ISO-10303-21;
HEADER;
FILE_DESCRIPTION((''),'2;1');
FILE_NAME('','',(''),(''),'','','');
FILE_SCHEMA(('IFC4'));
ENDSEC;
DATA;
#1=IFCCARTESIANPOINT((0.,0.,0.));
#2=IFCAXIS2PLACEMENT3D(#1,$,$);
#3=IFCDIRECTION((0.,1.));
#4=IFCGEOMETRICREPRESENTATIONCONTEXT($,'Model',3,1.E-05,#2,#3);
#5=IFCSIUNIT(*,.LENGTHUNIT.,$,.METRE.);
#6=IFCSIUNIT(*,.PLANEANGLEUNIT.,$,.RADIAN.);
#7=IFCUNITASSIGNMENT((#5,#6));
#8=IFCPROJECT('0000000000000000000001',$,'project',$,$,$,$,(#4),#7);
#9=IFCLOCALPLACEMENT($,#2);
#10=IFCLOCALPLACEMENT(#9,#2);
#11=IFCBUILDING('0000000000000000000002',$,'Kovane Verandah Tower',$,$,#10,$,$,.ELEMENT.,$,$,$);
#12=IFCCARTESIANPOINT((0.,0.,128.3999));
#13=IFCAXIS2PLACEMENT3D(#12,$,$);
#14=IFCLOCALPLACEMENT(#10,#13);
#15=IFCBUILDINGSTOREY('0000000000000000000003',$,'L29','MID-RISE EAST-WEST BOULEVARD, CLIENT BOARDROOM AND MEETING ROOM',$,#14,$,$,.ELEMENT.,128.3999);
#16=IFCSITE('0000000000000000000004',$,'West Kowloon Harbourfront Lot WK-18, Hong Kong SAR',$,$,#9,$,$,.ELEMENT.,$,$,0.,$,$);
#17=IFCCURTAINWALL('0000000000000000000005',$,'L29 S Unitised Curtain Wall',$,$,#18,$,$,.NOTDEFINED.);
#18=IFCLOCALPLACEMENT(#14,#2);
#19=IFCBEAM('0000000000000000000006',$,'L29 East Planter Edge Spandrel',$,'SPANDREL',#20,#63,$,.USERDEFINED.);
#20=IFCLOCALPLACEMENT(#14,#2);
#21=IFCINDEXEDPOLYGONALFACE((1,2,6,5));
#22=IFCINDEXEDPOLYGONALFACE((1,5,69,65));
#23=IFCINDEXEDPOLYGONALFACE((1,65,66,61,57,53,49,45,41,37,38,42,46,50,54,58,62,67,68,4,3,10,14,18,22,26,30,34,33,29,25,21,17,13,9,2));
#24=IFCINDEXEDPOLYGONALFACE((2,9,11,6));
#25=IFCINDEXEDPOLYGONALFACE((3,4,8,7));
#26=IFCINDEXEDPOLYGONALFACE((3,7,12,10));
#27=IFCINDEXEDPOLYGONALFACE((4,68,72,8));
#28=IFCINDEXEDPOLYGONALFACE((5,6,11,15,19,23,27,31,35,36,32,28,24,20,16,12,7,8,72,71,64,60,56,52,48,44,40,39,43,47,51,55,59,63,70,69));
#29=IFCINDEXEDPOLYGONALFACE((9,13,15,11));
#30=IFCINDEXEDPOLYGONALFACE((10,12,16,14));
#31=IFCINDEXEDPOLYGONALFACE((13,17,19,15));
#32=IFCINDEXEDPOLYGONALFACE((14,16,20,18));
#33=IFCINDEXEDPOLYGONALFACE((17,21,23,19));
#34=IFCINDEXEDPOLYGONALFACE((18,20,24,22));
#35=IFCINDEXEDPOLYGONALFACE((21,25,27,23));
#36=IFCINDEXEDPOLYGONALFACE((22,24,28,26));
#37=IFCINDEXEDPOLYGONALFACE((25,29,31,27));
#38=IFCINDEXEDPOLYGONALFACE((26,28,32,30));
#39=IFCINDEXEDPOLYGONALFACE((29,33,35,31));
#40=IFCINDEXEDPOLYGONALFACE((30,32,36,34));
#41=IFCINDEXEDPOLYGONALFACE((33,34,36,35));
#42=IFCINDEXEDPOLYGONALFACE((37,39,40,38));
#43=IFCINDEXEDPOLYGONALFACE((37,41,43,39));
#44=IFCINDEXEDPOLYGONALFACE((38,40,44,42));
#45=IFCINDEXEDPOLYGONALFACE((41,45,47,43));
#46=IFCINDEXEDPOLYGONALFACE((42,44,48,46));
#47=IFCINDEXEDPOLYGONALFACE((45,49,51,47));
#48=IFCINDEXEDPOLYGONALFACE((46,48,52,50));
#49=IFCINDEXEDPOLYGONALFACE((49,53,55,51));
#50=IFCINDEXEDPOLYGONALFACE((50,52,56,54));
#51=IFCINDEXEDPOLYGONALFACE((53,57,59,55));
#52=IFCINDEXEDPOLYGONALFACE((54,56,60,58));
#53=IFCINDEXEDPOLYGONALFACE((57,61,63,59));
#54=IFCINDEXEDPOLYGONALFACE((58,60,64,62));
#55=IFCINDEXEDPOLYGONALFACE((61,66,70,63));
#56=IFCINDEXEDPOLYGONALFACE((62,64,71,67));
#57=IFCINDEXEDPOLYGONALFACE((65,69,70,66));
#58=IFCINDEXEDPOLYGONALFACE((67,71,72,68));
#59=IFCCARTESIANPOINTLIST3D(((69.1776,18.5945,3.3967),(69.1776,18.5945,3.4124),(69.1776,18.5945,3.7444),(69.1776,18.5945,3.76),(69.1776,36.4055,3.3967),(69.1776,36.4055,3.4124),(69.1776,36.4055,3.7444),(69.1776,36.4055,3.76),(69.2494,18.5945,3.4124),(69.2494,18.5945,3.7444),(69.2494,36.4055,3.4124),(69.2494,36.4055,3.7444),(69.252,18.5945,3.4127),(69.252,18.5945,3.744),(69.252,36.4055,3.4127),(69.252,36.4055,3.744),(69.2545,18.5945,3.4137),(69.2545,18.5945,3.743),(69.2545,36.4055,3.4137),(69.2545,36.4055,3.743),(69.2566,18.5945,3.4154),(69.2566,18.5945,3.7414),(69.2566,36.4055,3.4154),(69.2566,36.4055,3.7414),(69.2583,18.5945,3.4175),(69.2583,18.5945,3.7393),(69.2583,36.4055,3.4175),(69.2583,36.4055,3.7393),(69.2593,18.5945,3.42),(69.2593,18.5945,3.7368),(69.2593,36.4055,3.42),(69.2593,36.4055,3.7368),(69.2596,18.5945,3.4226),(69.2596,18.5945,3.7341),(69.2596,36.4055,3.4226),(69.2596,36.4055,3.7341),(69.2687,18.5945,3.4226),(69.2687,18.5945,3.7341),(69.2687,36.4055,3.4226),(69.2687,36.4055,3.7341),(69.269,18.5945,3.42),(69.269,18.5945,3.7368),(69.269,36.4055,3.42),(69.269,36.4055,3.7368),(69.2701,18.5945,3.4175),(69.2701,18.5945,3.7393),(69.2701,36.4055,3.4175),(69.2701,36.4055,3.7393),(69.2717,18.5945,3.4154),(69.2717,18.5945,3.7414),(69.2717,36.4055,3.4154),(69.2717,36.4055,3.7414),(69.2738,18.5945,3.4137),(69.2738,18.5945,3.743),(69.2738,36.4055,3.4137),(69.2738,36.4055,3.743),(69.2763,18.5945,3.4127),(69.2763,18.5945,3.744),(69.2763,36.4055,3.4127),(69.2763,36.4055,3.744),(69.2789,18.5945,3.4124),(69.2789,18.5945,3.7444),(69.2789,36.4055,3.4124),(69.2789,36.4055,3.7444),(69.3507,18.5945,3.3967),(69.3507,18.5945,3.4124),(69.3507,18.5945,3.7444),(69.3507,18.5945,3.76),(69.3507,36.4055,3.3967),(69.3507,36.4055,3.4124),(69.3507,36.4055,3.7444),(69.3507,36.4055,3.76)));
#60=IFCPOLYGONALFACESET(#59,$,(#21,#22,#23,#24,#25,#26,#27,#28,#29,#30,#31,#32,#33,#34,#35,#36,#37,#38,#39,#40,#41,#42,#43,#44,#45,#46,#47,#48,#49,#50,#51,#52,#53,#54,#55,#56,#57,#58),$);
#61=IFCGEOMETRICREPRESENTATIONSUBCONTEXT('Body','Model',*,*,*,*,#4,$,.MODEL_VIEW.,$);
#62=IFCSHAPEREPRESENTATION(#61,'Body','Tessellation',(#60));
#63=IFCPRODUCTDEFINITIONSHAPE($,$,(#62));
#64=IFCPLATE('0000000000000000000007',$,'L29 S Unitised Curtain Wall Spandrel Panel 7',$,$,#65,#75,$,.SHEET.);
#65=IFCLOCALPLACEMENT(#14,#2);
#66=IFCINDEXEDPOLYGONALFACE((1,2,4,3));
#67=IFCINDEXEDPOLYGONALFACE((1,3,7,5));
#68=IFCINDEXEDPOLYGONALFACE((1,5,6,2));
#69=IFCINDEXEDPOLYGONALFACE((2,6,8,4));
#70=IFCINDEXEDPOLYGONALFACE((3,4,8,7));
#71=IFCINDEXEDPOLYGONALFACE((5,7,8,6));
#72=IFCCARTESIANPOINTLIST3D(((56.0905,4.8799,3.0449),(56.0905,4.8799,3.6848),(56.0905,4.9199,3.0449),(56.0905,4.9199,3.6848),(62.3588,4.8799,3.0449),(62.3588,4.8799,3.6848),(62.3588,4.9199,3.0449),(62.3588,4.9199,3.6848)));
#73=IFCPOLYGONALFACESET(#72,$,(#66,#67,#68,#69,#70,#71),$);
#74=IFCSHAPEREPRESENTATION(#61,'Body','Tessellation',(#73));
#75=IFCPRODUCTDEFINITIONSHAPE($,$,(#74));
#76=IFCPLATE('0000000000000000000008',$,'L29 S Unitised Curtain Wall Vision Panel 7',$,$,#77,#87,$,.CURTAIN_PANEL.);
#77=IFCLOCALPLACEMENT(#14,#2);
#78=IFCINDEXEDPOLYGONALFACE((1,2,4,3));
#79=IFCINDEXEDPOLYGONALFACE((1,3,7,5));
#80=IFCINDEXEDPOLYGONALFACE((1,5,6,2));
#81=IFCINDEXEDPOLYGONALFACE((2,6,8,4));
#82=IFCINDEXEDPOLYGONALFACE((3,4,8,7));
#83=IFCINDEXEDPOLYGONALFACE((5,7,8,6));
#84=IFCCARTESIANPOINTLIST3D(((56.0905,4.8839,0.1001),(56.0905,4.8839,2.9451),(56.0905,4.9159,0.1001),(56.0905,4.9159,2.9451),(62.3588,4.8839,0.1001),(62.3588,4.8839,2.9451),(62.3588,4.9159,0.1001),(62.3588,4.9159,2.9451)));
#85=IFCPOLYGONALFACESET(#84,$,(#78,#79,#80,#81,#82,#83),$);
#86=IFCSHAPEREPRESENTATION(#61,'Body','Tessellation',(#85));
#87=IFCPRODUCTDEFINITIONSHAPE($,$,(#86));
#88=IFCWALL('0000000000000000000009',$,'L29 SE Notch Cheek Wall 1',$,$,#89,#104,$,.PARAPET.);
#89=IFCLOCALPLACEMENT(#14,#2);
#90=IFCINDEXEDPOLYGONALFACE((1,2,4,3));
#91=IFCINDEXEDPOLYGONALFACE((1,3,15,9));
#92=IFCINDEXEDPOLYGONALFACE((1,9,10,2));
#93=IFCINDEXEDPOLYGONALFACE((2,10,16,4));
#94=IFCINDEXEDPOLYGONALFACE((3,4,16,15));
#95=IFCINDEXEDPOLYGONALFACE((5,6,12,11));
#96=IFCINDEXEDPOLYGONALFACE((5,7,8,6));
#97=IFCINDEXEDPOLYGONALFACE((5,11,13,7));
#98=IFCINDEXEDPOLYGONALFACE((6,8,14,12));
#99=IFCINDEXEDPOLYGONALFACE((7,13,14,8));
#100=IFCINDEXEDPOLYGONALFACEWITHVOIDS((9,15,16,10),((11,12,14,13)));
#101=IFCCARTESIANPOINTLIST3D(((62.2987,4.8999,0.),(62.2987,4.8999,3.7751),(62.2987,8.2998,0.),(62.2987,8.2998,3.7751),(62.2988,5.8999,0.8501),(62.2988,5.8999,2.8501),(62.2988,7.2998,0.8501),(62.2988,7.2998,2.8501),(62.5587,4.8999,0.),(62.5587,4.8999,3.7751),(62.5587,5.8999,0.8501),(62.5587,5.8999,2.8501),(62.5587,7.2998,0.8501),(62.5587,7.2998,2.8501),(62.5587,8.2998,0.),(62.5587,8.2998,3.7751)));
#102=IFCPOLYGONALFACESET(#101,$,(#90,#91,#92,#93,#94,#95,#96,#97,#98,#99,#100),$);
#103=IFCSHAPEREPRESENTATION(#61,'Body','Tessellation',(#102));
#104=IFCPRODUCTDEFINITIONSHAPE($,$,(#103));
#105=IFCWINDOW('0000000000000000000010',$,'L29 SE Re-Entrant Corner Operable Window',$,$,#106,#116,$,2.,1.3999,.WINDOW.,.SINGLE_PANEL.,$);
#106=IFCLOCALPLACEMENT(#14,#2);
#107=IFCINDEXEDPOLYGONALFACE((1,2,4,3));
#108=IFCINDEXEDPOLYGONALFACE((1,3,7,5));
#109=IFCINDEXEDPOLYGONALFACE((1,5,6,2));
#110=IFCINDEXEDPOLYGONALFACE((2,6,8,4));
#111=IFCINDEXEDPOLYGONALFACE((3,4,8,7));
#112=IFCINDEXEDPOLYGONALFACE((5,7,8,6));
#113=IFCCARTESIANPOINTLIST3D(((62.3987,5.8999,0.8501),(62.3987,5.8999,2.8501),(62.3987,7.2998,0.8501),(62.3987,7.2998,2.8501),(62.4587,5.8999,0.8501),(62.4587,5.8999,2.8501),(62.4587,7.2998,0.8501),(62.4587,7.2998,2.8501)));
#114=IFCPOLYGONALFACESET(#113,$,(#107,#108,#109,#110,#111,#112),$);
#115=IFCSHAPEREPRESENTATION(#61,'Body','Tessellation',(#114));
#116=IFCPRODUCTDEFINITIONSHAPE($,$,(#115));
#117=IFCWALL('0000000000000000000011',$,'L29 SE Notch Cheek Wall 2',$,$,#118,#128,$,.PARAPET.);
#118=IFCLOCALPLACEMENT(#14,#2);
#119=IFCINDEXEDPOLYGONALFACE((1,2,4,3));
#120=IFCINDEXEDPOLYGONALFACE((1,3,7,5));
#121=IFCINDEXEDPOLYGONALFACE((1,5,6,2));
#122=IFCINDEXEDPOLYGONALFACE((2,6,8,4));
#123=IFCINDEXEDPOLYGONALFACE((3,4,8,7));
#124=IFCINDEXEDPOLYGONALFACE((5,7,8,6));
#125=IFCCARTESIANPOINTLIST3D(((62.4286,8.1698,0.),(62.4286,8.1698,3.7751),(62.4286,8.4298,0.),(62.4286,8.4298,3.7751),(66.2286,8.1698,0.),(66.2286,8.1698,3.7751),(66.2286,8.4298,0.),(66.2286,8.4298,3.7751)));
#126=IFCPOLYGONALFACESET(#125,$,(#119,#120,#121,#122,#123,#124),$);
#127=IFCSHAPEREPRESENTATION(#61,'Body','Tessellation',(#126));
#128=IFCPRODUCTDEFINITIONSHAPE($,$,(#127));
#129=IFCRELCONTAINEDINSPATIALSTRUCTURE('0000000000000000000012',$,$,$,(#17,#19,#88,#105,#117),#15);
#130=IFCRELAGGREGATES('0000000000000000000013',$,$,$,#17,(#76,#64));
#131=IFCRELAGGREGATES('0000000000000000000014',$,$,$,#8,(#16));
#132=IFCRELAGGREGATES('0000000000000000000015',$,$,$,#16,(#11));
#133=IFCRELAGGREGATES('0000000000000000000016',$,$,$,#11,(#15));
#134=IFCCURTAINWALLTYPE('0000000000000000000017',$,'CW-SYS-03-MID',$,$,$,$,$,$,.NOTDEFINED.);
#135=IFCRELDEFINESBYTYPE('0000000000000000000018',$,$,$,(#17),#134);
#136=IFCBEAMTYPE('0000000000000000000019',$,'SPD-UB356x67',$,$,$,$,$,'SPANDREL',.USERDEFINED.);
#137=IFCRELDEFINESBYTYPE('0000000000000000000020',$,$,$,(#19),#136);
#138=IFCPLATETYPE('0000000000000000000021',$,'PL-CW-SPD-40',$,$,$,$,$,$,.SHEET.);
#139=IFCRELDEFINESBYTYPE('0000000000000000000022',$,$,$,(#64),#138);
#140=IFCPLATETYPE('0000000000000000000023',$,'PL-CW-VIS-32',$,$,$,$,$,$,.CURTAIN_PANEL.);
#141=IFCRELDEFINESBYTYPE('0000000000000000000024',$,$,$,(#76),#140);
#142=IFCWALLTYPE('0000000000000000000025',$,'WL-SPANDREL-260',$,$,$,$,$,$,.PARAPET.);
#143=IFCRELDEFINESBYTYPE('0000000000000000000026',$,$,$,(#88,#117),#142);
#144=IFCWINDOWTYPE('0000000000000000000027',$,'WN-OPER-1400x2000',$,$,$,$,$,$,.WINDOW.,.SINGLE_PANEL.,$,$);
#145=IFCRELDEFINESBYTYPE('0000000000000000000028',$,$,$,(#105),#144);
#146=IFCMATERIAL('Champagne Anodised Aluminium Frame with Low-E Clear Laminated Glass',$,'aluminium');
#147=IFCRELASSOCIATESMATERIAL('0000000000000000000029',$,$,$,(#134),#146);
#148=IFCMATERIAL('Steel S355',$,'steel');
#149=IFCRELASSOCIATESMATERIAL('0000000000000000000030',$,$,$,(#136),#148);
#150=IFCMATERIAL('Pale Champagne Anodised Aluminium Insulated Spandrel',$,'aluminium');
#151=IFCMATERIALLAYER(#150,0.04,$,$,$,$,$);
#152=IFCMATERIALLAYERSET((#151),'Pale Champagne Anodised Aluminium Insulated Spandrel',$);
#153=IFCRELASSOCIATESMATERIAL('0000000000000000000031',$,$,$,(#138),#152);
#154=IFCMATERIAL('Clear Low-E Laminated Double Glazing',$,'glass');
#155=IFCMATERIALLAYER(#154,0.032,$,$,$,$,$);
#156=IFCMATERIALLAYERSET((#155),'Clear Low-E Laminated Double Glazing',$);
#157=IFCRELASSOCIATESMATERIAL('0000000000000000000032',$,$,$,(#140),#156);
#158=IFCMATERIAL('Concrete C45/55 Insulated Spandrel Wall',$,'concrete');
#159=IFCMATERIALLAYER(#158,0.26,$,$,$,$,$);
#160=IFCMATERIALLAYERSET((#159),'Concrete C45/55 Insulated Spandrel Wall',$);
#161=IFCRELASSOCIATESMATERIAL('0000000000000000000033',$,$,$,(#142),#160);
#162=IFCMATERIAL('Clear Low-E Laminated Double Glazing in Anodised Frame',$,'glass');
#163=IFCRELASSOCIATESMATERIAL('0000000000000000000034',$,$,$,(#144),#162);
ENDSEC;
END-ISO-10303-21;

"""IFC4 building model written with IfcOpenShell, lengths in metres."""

from ifc_helpers import new_model, si_unit, direction, frame, frame_2d, origin, origin_2d, place, context, subcontext, project, spatial, rectangle, i_section, extrude, material, layer, layer_set, material_profile, profile_set, type_object, element, fill, aggregate, save


model = new_model("IFC4")

# Units and contexts
model_context = context("Model", 3, precision=1e-05, world=origin(), true_north=direction((0.0, 1.0)))
body_context = subcontext(model_context, "Body", "Model", "MODEL_VIEW")
ifc_project = project(units=[si_unit("LENGTHUNIT", "METRE"), si_unit("PLANEANGLEUNIT", "RADIAN")], contexts=[model_context])

# Site, building, storey
site_placement = place(None, origin())
site = spatial("IfcSite", under=ifc_project, at=site_placement, Name="West Kowloon Harbourfront Lot WK-18, Hong Kong SAR", CompositionType="ELEMENT", RefElevation=0.0)
building_placement = place(site_placement, origin())
building = spatial("IfcBuilding", under=site, at=building_placement, Name="Kovane Verandah Tower", CompositionType="ELEMENT")
storey_placement = place(building_placement, frame((0.0, 0.0, 128.3999)))
storey = spatial("IfcBuildingStorey", under=building, at=storey_placement, Name="L29", Description="MID-RISE EAST-WEST BOULEVARD, CLIENT BOARDROOM AND MEETING ROOM", CompositionType="ELEMENT", Elevation=128.3999)

# Shared definitions
ifc_material_1 = material(Name="Steel S355", Category="steel")

# Curtain wall
ifc_material_2 = material(Name="Champagne Anodised Aluminium Frame with Low-E Clear Laminated Glass", Category="aluminium")
curtain_wall_type = type_object("IfcCurtainWallType", Name="CW-SYS-03-MID", PredefinedType="NOTDEFINED", material=ifc_material_2)
curtain_wall_placement = place(storey_placement, origin())
curtain_wall = element("IfcCurtainWall", 1, at=curtain_wall_placement, inside=storey, type_object=curtain_wall_type, Name="L29 S Unitised Curtain Wall", PredefinedType="NOTDEFINED")

# Beam
ifc_material_profile_1 = material_profile(ifc_material_1, i_section(OverallWidth=0.1731, OverallDepth=0.3633, WebThickness=0.009, FlangeThickness=0.0156, FilletRadius=0.0103, at=origin_2d()), Name="UB356x171x67")
ifc_profile_set_1 = profile_set([ifc_material_profile_1], Name="Steel S355")
beam_type_1 = type_object("IfcBeamType", Name="SPD-UB356x67", ElementType="SPANDREL", PredefinedType="USERDEFINED", material=ifc_profile_set_1)
beam_1_placement = place(storey_placement, frame((69.2642, 18.5945, 3.5784), z_axis=(0.0, 1.0, 0.0), x_axis=(-1.0, 0.0, 0.0)))
element("IfcBeam", 2, at=beam_1_placement, inside=storey, type_object=beam_type_1, Name="L29 East Planter Edge Spandrel", ObjectType="SPANDREL", PredefinedType="USERDEFINED", context=body_context, shape_type="SweptSolid", body=[
    extrude(i_section(OverallWidth=0.1731, OverallDepth=0.3633, WebThickness=0.009, FlangeThickness=0.0156, FilletRadius=0.0103, at=origin_2d()), origin(), (0.0, 0.0, 1.0), 17.811),
])

# Plates
ifc_material_3 = material(Name="Pale Champagne Anodised Aluminium Insulated Spandrel", Category="aluminium")
ifc_layer_1 = layer(ifc_material_3, 0.04)
ifc_layer_set_1 = layer_set([ifc_layer_1], Name="Pale Champagne Anodised Aluminium Insulated Spandrel")
plate_type_1 = type_object("IfcPlateType", Name="PL-CW-SPD-40", PredefinedType="SHEET", material=ifc_layer_set_1)
plate_1_placement = place(storey_placement, frame((59.2246, 4.8999, 3.0449), z_axis=(0.0, 0.0, 1.0), x_axis=(1.0, 0.0, 0.0)))
plate_1 = element("IfcPlate", 3, at=plate_1_placement, type_object=plate_type_1, Name="L29 S Unitised Curtain Wall Spandrel Panel 7", PredefinedType="SHEET", context=body_context, shape_type="SweptSolid", body=[
    extrude(rectangle(XDim=6.2683, YDim=0.04, at=origin_2d()), origin(), (0.0, 0.0, 1.0), 0.6399),
])
ifc_material_4 = material(Name="Clear Low-E Laminated Double Glazing", Category="glass")
ifc_layer_2 = layer(ifc_material_4, 0.032)
ifc_layer_set_2 = layer_set([ifc_layer_2], Name="Clear Low-E Laminated Double Glazing")
plate_type_2 = type_object("IfcPlateType", Name="PL-CW-VIS-32", PredefinedType="CURTAIN_PANEL", material=ifc_layer_set_2)
plate_2_placement = place(storey_placement, frame((59.2246, 4.8999, 0.1001), z_axis=(0.0, 0.0, 1.0), x_axis=(1.0, 0.0, 0.0)))
plate_2 = element("IfcPlate", 4, at=plate_2_placement, type_object=plate_type_2, Name="L29 S Unitised Curtain Wall Vision Panel 7", PredefinedType="CURTAIN_PANEL", context=body_context, shape_type="SweptSolid", body=[
    extrude(rectangle(XDim=6.2683, YDim=0.032, at=origin_2d()), origin(), (0.0, 0.0, 1.0), 2.845),
])
aggregate(curtain_wall, [plate_2, plate_1])

# Shared definitions
ifc_material_5 = material(Name="Concrete C45/55 Insulated Spandrel Wall", Category="concrete")
ifc_layer_3 = layer(ifc_material_5, 0.26)
ifc_layer_set_3 = layer_set([ifc_layer_3], Name="Concrete C45/55 Insulated Spandrel Wall")
wall_type = type_object("IfcWallType", Name="WL-SPANDREL-260", PredefinedType="PARAPET", material=ifc_layer_set_3)
ifc_material_6 = material(Name="Clear Low-E Laminated Double Glazing in Anodised Frame", Category="glass")

# Wall, opening, window
wall_1_placement = place(storey_placement, frame((62.4287, 4.8999, 0.0), z_axis=(0.0, 0.0, 1.0), x_axis=(0.0, 1.0, 0.0)))
wall_1 = element("IfcWall", 5, at=wall_1_placement, inside=storey, type_object=wall_type, Name="L29 SE Notch Cheek Wall 1", PredefinedType="PARAPET", context=body_context, shape_type="SweptSolid", body=[
    extrude(rectangle(XDim=3.3999, YDim=0.26, at=frame_2d((1.7, 0.0))), origin(), (0.0, 0.0, 1.0), 3.7751),
])
opening_1_placement = place(wall_1_placement, frame((1.0, 0.0, 0.8501)))
opening_1 = element("IfcOpeningElement", 6, at=opening_1_placement, cuts=wall_1, PredefinedType="OPENING", context=body_context, shape_type="SweptSolid", body=[
    extrude(rectangle(XDim=1.3999, YDim=2.0, at=frame_2d((0.7, 1.0))), frame((0.0, 0.1299, 0.0), z_axis=(0.0, -1.0, 0.0), x_axis=(1.0, 0.0, 0.0)), (0.0, 0.0, 1.0), 0.26),
])
window_type_1 = type_object("IfcWindowType", Name="WN-OPER-1400x2000", PartitioningType="SINGLE_PANEL", PredefinedType="WINDOW", material=ifc_material_6)
window_1_placement = place(opening_1_placement, origin())
window_1 = element("IfcWindow", 7, at=window_1_placement, inside=storey, type_object=window_type_1, Name="L29 SE Re-Entrant Corner Operable Window", OverallHeight=2.0, OverallWidth=1.3999, PartitioningType="SINGLE_PANEL", PredefinedType="WINDOW", context=body_context, shape_type="SweptSolid", body=[
    extrude(rectangle(XDim=1.3999, YDim=2.0, at=frame_2d((0.7, 1.0))), frame((0.0, 0.03, 0.0), z_axis=(0.0, -1.0, 0.0), x_axis=(1.0, 0.0, 0.0)), (0.0, 0.0, 1.0), 0.0601),
])
fill(opening_1, window_1)

# Wall
wall_2_placement = place(storey_placement, frame((62.4287, 8.2998, 0.0), z_axis=(0.0, 0.0, 1.0), x_axis=(1.0, 0.0, 0.0)))
element("IfcWall", 8, at=wall_2_placement, inside=storey, type_object=wall_type, Name="L29 SE Notch Cheek Wall 2", PredefinedType="PARAPET", context=body_context, shape_type="SweptSolid", body=[
    extrude(rectangle(XDim=3.8, YDim=0.26, at=frame_2d((1.8999, 0.0))), origin(), (0.0, 0.0, 1.0), 3.7751),
])

save(model, "model.ifc")
